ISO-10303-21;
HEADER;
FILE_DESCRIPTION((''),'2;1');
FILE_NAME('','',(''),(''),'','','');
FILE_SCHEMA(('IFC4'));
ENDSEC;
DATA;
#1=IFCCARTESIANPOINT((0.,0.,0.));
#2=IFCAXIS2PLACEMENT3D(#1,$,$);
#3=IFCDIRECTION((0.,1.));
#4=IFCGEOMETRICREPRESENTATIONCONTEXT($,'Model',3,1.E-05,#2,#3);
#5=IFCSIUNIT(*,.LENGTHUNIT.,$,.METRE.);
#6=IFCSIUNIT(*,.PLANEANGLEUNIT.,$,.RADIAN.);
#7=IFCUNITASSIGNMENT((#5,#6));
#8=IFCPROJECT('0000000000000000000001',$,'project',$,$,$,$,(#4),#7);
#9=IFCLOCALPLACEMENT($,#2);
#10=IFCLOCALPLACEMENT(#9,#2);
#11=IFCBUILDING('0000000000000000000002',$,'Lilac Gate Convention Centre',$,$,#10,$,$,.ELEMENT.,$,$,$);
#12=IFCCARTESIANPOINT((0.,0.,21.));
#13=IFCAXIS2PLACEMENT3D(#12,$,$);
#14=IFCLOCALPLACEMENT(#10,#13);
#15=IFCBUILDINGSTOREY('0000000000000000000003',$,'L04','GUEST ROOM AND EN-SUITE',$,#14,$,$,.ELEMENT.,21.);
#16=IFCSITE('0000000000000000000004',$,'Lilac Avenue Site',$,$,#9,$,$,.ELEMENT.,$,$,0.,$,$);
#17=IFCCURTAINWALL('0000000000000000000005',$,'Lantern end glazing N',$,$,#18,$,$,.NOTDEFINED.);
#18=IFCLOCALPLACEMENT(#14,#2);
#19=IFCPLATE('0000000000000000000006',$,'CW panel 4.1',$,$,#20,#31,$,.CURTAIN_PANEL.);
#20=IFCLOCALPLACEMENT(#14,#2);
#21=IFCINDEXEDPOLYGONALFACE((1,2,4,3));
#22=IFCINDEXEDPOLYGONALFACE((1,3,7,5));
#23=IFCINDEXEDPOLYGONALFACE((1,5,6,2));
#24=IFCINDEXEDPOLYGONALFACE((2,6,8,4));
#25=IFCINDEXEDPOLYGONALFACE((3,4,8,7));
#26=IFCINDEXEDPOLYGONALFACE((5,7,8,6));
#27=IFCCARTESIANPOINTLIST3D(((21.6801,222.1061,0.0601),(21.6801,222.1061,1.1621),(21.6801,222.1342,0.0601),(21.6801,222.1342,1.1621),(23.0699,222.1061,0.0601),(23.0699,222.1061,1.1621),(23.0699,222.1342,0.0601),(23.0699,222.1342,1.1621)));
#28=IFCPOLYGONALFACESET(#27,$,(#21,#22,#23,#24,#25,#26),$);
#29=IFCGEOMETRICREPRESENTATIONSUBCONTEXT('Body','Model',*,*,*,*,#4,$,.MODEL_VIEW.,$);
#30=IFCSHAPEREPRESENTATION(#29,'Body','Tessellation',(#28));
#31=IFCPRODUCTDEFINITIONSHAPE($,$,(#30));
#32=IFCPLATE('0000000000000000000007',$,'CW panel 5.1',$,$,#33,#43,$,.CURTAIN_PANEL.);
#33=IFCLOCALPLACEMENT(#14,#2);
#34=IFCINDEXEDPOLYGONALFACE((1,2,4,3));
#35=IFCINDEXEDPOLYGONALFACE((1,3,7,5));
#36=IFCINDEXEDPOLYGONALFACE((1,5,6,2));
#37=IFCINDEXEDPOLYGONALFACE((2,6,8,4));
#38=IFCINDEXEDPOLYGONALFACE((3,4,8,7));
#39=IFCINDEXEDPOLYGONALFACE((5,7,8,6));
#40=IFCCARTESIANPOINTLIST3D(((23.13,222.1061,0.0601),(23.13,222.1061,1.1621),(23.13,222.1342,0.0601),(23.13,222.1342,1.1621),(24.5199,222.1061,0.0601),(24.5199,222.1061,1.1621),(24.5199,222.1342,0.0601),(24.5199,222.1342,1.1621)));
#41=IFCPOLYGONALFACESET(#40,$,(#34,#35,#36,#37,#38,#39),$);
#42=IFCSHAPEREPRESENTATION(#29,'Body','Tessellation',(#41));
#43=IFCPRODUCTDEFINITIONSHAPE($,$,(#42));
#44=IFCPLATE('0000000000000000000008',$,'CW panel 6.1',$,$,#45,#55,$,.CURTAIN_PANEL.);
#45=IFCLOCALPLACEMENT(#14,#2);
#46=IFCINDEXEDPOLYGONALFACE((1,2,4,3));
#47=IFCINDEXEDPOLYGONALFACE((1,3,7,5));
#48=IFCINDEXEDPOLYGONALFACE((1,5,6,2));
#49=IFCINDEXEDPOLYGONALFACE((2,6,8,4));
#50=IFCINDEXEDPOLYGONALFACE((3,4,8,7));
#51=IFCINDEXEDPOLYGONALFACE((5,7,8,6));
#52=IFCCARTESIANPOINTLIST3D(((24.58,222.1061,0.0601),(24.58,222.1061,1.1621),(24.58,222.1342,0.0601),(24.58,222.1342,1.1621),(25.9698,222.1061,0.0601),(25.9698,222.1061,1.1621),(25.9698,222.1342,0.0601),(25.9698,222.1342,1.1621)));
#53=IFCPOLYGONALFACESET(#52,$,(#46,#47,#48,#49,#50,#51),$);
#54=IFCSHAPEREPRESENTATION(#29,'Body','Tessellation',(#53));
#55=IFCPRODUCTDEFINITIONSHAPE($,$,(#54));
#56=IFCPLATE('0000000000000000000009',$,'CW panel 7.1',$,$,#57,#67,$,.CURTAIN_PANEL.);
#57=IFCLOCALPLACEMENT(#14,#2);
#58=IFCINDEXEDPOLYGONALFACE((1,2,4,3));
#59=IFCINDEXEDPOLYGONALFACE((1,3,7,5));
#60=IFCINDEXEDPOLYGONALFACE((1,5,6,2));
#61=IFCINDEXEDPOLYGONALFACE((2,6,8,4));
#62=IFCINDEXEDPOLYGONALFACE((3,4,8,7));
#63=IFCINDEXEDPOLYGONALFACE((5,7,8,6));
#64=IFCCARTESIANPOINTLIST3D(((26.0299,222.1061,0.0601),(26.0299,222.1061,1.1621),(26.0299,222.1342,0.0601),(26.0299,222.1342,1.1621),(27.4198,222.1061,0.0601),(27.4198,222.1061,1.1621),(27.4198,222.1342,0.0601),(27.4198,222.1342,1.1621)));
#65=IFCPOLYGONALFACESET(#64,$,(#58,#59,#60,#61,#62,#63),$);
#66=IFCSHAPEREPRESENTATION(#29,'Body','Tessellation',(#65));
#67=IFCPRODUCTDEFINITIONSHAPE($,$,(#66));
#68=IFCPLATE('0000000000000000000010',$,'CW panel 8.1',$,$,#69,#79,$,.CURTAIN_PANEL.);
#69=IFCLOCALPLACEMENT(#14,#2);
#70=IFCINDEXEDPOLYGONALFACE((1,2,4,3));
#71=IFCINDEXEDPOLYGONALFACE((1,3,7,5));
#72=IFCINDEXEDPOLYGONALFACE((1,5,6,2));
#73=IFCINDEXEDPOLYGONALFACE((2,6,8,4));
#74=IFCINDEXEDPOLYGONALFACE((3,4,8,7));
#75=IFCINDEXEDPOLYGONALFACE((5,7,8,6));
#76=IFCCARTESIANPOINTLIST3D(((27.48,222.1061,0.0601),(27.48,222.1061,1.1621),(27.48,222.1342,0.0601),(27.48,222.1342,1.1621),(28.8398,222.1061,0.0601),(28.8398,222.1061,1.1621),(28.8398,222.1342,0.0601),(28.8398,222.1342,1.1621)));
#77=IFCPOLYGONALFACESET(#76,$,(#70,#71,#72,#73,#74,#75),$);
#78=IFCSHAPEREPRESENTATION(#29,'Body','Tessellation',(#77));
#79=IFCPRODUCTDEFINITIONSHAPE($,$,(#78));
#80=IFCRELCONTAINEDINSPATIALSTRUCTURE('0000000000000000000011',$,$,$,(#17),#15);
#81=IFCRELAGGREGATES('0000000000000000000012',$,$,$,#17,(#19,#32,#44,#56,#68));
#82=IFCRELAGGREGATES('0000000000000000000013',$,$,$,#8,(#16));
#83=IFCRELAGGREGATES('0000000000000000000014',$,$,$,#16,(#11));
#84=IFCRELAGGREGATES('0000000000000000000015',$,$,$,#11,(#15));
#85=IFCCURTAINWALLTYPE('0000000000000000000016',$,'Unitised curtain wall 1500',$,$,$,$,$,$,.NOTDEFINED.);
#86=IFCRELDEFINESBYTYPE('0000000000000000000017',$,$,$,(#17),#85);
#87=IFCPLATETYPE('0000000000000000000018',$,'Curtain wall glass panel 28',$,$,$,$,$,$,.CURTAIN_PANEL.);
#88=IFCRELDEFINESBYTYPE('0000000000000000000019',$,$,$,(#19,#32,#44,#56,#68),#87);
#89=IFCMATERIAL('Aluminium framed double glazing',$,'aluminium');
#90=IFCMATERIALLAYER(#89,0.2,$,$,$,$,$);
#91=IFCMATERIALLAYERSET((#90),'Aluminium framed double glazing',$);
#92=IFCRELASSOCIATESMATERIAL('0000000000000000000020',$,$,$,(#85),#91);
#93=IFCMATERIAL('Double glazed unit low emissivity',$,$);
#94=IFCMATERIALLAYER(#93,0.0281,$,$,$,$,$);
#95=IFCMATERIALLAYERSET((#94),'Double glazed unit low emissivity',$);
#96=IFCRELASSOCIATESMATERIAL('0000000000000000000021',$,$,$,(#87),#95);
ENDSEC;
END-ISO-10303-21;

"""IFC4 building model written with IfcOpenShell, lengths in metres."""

from ifc_helpers import new_model, si_unit, direction, frame, origin, origin_2d, place, context, subcontext, project, spatial, rectangle, extrude, material, layer, layer_set, type_object, element, aggregate, save


model = new_model("IFC4")

# Units and contexts
model_context = context("Model", 3, precision=1e-05, world=origin(), true_north=direction((0.0, 1.0)))
body_context = subcontext(model_context, "Body", "Model", "MODEL_VIEW")
ifc_project = project(units=[si_unit("LENGTHUNIT", "METRE"), si_unit("PLANEANGLEUNIT", "RADIAN")], contexts=[model_context])

# Site, building, storey
site_placement = place(None, origin())
site = spatial("IfcSite", under=ifc_project, at=site_placement, Name="Lilac Avenue Site", CompositionType="ELEMENT", RefElevation=0.0)
building_placement = place(site_placement, origin())
building = spatial("IfcBuilding", under=site, at=building_placement, Name="Lilac Gate Convention Centre", CompositionType="ELEMENT")
storey_placement = place(building_placement, frame((0.0, 0.0, 21.0)))
storey = spatial("IfcBuildingStorey", under=building, at=storey_placement, Name="L04", Description="GUEST ROOM AND EN-SUITE", CompositionType="ELEMENT", Elevation=21.0)

# Curtain wall
ifc_material_1 = material(Name="Aluminium framed double glazing", Category="aluminium")
ifc_layer_1 = layer(ifc_material_1, 0.2)
ifc_layer_set_1 = layer_set([ifc_layer_1], Name="Aluminium framed double glazing")
curtain_wall_type = type_object("IfcCurtainWallType", Name="Unitised curtain wall 1500", PredefinedType="NOTDEFINED", material=ifc_layer_set_1)
curtain_wall_placement = place(storey_placement, origin())
curtain_wall = element("IfcCurtainWall", 1, at=curtain_wall_placement, inside=storey, type_object=curtain_wall_type, Name="Lantern end glazing N", PredefinedType="NOTDEFINED")

# Plates
ifc_material_2 = material(Name="Double glazed unit low emissivity")
ifc_layer_2 = layer(ifc_material_2, 0.0281)
ifc_layer_set_2 = layer_set([ifc_layer_2], Name="Double glazed unit low emissivity")
plate_type = type_object("IfcPlateType", Name="Curtain wall glass panel 28", PredefinedType="CURTAIN_PANEL", material=ifc_layer_set_2)
plate_1_placement = place(storey_placement, frame((22.375, 222.1201, 0.0601), z_axis=(0.0, 0.0, 1.0), x_axis=(1.0, 0.0, 0.0)))
plate_1 = element("IfcPlate", 2, at=plate_1_placement, type_object=plate_type, Name="CW panel 4.1", PredefinedType="CURTAIN_PANEL", context=body_context, shape_type="SweptSolid", body=[
    extrude(rectangle(XDim=1.3899, YDim=0.0281, at=origin_2d()), origin(), (0.0, 0.0, 1.0), 1.1021),
])
plate_2_placement = place(storey_placement, frame((23.825, 222.1201, 0.0601), z_axis=(0.0, 0.0, 1.0), x_axis=(1.0, 0.0, 0.0)))
plate_2 = element("IfcPlate", 3, at=plate_2_placement, type_object=plate_type, Name="CW panel 5.1", PredefinedType="CURTAIN_PANEL", context=body_context, shape_type="SweptSolid", body=[
    extrude(rectangle(XDim=1.3899, YDim=0.0281, at=origin_2d()), origin(), (0.0, 0.0, 1.0), 1.1021),
])
plate_3_placement = place(storey_placement, frame((25.2749, 222.1201, 0.0601), z_axis=(0.0, 0.0, 1.0), x_axis=(1.0, 0.0, 0.0)))
plate_3 = element("IfcPlate", 4, at=plate_3_placement, type_object=plate_type, Name="CW panel 6.1", PredefinedType="CURTAIN_PANEL", context=body_context, shape_type="SweptSolid", body=[
    extrude(rectangle(XDim=1.3899, YDim=0.0281, at=origin_2d()), origin(), (0.0, 0.0, 1.0), 1.1021),
])
plate_4_placement = place(storey_placement, frame((26.7249, 222.1201, 0.0601), z_axis=(0.0, 0.0, 1.0), x_axis=(1.0, 0.0, 0.0)))
plate_4 = element("IfcPlate", 5, at=plate_4_placement, type_object=plate_type, Name="CW panel 7.1", PredefinedType="CURTAIN_PANEL", context=body_context, shape_type="SweptSolid", body=[
    extrude(rectangle(XDim=1.3899, YDim=0.0281, at=origin_2d()), origin(), (0.0, 0.0, 1.0), 1.1021),
])
plate_5_placement = place(storey_placement, frame((28.1599, 222.1201, 0.0601), z_axis=(0.0, 0.0, 1.0), x_axis=(1.0, 0.0, 0.0)))
plate_5 = element("IfcPlate", 6, at=plate_5_placement, type_object=plate_type, Name="CW panel 8.1", PredefinedType="CURTAIN_PANEL", context=body_context, shape_type="SweptSolid", body=[
    extrude(rectangle(XDim=1.3599, YDim=0.0281, at=origin_2d()), origin(), (0.0, 0.0, 1.0), 1.1021),
])
aggregate(curtain_wall, [plate_1, plate_2, plate_3, plate_4, plate_5])

save(model, "model.ifc")
